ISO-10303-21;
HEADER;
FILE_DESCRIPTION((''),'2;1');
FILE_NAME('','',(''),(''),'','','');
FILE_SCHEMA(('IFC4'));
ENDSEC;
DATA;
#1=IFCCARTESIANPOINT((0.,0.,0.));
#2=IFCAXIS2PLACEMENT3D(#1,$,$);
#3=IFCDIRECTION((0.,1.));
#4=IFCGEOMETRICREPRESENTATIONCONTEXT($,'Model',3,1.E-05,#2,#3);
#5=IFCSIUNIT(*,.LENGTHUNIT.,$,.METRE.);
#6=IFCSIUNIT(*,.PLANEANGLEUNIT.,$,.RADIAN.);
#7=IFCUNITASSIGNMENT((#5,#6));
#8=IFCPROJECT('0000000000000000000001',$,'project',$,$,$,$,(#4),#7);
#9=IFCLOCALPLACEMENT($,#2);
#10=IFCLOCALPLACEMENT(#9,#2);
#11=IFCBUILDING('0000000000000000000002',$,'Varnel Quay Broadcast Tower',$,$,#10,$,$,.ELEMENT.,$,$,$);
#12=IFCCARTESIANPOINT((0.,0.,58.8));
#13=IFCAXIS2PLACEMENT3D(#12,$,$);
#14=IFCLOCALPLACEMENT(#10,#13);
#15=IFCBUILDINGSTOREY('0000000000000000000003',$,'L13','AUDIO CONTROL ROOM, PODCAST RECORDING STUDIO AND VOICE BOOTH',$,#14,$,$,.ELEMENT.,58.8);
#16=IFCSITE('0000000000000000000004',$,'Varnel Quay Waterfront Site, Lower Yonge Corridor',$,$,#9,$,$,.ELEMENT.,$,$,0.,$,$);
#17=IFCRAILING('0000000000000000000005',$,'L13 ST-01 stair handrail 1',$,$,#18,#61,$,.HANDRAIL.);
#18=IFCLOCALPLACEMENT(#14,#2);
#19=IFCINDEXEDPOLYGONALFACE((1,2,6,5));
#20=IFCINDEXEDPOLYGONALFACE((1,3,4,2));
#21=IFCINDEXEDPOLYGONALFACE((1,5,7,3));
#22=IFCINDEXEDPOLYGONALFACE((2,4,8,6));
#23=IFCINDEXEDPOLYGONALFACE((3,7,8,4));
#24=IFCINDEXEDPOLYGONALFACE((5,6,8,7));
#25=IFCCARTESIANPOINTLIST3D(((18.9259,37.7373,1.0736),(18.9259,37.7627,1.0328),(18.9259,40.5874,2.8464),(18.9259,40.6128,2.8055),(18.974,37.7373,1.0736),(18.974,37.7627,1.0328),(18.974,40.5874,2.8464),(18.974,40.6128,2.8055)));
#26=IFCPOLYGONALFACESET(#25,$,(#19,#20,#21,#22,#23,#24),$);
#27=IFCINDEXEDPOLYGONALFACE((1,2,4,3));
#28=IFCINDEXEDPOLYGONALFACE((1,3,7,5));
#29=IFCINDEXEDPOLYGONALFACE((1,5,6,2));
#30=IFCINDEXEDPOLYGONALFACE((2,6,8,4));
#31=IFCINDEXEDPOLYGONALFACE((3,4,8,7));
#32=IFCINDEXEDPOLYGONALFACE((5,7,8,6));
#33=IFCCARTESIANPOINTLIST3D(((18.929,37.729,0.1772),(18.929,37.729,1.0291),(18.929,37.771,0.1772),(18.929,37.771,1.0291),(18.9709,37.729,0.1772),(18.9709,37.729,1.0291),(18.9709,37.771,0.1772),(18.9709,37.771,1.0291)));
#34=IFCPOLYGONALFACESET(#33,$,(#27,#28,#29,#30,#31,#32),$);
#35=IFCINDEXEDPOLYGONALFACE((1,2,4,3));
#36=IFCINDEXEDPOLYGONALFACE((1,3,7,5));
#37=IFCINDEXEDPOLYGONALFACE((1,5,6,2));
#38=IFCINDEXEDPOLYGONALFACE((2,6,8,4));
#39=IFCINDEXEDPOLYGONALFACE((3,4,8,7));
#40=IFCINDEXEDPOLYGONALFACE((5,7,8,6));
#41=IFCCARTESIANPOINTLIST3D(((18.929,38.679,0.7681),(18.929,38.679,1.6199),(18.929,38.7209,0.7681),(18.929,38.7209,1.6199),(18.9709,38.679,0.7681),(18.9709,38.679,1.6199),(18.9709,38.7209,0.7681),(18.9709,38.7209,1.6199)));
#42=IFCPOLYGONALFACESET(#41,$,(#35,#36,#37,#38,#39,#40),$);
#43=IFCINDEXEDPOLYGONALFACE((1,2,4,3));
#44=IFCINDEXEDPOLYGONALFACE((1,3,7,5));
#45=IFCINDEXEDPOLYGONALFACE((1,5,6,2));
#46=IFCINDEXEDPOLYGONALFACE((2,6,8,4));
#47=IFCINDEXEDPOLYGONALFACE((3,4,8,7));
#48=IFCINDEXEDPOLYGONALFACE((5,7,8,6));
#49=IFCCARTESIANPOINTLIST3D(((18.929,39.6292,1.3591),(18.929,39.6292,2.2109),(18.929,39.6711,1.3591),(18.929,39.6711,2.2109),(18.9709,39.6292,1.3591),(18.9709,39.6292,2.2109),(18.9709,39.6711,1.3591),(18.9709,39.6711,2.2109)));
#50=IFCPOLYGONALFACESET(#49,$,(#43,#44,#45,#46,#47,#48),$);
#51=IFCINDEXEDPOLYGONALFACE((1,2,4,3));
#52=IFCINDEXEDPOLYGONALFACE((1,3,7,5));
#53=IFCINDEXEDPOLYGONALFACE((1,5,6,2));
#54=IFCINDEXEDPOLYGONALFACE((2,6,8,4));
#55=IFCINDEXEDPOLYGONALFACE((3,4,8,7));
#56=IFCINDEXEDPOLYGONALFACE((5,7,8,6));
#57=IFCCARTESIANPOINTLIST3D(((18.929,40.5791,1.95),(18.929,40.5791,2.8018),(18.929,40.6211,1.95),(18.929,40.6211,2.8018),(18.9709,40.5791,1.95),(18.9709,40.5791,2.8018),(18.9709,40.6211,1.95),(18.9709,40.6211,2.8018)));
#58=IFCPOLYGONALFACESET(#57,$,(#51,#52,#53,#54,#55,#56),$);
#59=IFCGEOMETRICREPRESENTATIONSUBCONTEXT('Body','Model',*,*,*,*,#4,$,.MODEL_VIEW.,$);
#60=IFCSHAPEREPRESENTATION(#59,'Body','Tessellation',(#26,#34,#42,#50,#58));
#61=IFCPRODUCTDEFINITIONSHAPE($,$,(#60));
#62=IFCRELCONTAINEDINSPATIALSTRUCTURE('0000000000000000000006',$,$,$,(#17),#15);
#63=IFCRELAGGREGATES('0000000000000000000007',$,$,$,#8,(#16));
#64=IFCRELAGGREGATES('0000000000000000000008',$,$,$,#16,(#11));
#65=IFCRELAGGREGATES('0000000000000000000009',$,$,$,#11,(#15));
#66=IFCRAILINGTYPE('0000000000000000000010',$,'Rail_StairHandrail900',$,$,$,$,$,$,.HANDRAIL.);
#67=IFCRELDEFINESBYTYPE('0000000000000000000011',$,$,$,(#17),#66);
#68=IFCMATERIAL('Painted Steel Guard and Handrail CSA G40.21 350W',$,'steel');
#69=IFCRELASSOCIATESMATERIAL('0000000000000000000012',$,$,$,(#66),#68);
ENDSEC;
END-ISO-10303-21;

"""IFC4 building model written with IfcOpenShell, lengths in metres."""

from ifc_helpers import new_model, si_unit, direction, frame, origin, origin_2d, place, context, subcontext, project, spatial, rectangle, extrude, material, type_object, element, save


model = new_model("IFC4")

# Units and contexts
model_context = context("Model", 3, precision=1e-05, world=origin(), true_north=direction((0.0, 1.0)))
body_context = subcontext(model_context, "Body", "Model", "MODEL_VIEW")
ifc_project = project(units=[si_unit("LENGTHUNIT", "METRE"), si_unit("PLANEANGLEUNIT", "RADIAN")], contexts=[model_context])

# Site, building, storey
site_placement = place(None, origin())
site = spatial("IfcSite", under=ifc_project, at=site_placement, Name="Varnel Quay Waterfront Site, Lower Yonge Corridor", CompositionType="ELEMENT", RefElevation=0.0)
building_placement = place(site_placement, origin())
building = spatial("IfcBuilding", under=site, at=building_placement, Name="Varnel Quay Broadcast Tower", CompositionType="ELEMENT")
storey_placement = place(building_placement, frame((0.0, 0.0, 58.8)))
storey = spatial("IfcBuildingStorey", under=building, at=storey_placement, Name="L13", Description="AUDIO CONTROL ROOM, PODCAST RECORDING STUDIO AND VOICE BOOTH", CompositionType="ELEMENT", Elevation=58.8)

# Railing
ifc_material_1 = material(Name="Painted Steel Guard and Handrail CSA G40.21 350W", Category="steel")
railing_type_1 = type_object("IfcRailingType", Name="Rail_StairHandrail900", PredefinedType="HANDRAIL", material=ifc_material_1)
railing_1_placement = place(storey_placement, frame((18.95, 37.75, 0.1772)))
element("IfcRailing", 1, at=railing_1_placement, inside=storey, type_object=railing_type_1, Name="L13 ST-01 stair handrail 1", PredefinedType="HANDRAIL", context=body_context, shape_type="SweptSolid", body=[
    extrude(rectangle(XDim=0.0481, YDim=0.0481, at=origin_2d()), frame((0.0, 0.0, 0.876), z_axis=(0.0, 0.849149, 0.528154), x_axis=(-1.0, 0.0, 0.0)), (0.0, 0.0, 1.0), 3.3564),
    extrude(rectangle(XDim=0.042, YDim=0.042, at=origin_2d()), origin(), (0.0, 0.0, 1.0), 0.8518),
    extrude(rectangle(XDim=0.042, YDim=0.042, at=origin_2d()), frame((0.0, 0.95, 0.5908)), (0.0, 0.0, 1.0), 0.8518),
    extrude(rectangle(XDim=0.042, YDim=0.042, at=origin_2d()), frame((0.0, 1.9001, 1.1819)), (0.0, 0.0, 1.0), 0.8518),
    extrude(rectangle(XDim=0.042, YDim=0.042, at=origin_2d()), frame((0.0, 2.8501, 1.7727)), (0.0, 0.0, 1.0), 0.8518),
])

save(model, "model.ifc")
